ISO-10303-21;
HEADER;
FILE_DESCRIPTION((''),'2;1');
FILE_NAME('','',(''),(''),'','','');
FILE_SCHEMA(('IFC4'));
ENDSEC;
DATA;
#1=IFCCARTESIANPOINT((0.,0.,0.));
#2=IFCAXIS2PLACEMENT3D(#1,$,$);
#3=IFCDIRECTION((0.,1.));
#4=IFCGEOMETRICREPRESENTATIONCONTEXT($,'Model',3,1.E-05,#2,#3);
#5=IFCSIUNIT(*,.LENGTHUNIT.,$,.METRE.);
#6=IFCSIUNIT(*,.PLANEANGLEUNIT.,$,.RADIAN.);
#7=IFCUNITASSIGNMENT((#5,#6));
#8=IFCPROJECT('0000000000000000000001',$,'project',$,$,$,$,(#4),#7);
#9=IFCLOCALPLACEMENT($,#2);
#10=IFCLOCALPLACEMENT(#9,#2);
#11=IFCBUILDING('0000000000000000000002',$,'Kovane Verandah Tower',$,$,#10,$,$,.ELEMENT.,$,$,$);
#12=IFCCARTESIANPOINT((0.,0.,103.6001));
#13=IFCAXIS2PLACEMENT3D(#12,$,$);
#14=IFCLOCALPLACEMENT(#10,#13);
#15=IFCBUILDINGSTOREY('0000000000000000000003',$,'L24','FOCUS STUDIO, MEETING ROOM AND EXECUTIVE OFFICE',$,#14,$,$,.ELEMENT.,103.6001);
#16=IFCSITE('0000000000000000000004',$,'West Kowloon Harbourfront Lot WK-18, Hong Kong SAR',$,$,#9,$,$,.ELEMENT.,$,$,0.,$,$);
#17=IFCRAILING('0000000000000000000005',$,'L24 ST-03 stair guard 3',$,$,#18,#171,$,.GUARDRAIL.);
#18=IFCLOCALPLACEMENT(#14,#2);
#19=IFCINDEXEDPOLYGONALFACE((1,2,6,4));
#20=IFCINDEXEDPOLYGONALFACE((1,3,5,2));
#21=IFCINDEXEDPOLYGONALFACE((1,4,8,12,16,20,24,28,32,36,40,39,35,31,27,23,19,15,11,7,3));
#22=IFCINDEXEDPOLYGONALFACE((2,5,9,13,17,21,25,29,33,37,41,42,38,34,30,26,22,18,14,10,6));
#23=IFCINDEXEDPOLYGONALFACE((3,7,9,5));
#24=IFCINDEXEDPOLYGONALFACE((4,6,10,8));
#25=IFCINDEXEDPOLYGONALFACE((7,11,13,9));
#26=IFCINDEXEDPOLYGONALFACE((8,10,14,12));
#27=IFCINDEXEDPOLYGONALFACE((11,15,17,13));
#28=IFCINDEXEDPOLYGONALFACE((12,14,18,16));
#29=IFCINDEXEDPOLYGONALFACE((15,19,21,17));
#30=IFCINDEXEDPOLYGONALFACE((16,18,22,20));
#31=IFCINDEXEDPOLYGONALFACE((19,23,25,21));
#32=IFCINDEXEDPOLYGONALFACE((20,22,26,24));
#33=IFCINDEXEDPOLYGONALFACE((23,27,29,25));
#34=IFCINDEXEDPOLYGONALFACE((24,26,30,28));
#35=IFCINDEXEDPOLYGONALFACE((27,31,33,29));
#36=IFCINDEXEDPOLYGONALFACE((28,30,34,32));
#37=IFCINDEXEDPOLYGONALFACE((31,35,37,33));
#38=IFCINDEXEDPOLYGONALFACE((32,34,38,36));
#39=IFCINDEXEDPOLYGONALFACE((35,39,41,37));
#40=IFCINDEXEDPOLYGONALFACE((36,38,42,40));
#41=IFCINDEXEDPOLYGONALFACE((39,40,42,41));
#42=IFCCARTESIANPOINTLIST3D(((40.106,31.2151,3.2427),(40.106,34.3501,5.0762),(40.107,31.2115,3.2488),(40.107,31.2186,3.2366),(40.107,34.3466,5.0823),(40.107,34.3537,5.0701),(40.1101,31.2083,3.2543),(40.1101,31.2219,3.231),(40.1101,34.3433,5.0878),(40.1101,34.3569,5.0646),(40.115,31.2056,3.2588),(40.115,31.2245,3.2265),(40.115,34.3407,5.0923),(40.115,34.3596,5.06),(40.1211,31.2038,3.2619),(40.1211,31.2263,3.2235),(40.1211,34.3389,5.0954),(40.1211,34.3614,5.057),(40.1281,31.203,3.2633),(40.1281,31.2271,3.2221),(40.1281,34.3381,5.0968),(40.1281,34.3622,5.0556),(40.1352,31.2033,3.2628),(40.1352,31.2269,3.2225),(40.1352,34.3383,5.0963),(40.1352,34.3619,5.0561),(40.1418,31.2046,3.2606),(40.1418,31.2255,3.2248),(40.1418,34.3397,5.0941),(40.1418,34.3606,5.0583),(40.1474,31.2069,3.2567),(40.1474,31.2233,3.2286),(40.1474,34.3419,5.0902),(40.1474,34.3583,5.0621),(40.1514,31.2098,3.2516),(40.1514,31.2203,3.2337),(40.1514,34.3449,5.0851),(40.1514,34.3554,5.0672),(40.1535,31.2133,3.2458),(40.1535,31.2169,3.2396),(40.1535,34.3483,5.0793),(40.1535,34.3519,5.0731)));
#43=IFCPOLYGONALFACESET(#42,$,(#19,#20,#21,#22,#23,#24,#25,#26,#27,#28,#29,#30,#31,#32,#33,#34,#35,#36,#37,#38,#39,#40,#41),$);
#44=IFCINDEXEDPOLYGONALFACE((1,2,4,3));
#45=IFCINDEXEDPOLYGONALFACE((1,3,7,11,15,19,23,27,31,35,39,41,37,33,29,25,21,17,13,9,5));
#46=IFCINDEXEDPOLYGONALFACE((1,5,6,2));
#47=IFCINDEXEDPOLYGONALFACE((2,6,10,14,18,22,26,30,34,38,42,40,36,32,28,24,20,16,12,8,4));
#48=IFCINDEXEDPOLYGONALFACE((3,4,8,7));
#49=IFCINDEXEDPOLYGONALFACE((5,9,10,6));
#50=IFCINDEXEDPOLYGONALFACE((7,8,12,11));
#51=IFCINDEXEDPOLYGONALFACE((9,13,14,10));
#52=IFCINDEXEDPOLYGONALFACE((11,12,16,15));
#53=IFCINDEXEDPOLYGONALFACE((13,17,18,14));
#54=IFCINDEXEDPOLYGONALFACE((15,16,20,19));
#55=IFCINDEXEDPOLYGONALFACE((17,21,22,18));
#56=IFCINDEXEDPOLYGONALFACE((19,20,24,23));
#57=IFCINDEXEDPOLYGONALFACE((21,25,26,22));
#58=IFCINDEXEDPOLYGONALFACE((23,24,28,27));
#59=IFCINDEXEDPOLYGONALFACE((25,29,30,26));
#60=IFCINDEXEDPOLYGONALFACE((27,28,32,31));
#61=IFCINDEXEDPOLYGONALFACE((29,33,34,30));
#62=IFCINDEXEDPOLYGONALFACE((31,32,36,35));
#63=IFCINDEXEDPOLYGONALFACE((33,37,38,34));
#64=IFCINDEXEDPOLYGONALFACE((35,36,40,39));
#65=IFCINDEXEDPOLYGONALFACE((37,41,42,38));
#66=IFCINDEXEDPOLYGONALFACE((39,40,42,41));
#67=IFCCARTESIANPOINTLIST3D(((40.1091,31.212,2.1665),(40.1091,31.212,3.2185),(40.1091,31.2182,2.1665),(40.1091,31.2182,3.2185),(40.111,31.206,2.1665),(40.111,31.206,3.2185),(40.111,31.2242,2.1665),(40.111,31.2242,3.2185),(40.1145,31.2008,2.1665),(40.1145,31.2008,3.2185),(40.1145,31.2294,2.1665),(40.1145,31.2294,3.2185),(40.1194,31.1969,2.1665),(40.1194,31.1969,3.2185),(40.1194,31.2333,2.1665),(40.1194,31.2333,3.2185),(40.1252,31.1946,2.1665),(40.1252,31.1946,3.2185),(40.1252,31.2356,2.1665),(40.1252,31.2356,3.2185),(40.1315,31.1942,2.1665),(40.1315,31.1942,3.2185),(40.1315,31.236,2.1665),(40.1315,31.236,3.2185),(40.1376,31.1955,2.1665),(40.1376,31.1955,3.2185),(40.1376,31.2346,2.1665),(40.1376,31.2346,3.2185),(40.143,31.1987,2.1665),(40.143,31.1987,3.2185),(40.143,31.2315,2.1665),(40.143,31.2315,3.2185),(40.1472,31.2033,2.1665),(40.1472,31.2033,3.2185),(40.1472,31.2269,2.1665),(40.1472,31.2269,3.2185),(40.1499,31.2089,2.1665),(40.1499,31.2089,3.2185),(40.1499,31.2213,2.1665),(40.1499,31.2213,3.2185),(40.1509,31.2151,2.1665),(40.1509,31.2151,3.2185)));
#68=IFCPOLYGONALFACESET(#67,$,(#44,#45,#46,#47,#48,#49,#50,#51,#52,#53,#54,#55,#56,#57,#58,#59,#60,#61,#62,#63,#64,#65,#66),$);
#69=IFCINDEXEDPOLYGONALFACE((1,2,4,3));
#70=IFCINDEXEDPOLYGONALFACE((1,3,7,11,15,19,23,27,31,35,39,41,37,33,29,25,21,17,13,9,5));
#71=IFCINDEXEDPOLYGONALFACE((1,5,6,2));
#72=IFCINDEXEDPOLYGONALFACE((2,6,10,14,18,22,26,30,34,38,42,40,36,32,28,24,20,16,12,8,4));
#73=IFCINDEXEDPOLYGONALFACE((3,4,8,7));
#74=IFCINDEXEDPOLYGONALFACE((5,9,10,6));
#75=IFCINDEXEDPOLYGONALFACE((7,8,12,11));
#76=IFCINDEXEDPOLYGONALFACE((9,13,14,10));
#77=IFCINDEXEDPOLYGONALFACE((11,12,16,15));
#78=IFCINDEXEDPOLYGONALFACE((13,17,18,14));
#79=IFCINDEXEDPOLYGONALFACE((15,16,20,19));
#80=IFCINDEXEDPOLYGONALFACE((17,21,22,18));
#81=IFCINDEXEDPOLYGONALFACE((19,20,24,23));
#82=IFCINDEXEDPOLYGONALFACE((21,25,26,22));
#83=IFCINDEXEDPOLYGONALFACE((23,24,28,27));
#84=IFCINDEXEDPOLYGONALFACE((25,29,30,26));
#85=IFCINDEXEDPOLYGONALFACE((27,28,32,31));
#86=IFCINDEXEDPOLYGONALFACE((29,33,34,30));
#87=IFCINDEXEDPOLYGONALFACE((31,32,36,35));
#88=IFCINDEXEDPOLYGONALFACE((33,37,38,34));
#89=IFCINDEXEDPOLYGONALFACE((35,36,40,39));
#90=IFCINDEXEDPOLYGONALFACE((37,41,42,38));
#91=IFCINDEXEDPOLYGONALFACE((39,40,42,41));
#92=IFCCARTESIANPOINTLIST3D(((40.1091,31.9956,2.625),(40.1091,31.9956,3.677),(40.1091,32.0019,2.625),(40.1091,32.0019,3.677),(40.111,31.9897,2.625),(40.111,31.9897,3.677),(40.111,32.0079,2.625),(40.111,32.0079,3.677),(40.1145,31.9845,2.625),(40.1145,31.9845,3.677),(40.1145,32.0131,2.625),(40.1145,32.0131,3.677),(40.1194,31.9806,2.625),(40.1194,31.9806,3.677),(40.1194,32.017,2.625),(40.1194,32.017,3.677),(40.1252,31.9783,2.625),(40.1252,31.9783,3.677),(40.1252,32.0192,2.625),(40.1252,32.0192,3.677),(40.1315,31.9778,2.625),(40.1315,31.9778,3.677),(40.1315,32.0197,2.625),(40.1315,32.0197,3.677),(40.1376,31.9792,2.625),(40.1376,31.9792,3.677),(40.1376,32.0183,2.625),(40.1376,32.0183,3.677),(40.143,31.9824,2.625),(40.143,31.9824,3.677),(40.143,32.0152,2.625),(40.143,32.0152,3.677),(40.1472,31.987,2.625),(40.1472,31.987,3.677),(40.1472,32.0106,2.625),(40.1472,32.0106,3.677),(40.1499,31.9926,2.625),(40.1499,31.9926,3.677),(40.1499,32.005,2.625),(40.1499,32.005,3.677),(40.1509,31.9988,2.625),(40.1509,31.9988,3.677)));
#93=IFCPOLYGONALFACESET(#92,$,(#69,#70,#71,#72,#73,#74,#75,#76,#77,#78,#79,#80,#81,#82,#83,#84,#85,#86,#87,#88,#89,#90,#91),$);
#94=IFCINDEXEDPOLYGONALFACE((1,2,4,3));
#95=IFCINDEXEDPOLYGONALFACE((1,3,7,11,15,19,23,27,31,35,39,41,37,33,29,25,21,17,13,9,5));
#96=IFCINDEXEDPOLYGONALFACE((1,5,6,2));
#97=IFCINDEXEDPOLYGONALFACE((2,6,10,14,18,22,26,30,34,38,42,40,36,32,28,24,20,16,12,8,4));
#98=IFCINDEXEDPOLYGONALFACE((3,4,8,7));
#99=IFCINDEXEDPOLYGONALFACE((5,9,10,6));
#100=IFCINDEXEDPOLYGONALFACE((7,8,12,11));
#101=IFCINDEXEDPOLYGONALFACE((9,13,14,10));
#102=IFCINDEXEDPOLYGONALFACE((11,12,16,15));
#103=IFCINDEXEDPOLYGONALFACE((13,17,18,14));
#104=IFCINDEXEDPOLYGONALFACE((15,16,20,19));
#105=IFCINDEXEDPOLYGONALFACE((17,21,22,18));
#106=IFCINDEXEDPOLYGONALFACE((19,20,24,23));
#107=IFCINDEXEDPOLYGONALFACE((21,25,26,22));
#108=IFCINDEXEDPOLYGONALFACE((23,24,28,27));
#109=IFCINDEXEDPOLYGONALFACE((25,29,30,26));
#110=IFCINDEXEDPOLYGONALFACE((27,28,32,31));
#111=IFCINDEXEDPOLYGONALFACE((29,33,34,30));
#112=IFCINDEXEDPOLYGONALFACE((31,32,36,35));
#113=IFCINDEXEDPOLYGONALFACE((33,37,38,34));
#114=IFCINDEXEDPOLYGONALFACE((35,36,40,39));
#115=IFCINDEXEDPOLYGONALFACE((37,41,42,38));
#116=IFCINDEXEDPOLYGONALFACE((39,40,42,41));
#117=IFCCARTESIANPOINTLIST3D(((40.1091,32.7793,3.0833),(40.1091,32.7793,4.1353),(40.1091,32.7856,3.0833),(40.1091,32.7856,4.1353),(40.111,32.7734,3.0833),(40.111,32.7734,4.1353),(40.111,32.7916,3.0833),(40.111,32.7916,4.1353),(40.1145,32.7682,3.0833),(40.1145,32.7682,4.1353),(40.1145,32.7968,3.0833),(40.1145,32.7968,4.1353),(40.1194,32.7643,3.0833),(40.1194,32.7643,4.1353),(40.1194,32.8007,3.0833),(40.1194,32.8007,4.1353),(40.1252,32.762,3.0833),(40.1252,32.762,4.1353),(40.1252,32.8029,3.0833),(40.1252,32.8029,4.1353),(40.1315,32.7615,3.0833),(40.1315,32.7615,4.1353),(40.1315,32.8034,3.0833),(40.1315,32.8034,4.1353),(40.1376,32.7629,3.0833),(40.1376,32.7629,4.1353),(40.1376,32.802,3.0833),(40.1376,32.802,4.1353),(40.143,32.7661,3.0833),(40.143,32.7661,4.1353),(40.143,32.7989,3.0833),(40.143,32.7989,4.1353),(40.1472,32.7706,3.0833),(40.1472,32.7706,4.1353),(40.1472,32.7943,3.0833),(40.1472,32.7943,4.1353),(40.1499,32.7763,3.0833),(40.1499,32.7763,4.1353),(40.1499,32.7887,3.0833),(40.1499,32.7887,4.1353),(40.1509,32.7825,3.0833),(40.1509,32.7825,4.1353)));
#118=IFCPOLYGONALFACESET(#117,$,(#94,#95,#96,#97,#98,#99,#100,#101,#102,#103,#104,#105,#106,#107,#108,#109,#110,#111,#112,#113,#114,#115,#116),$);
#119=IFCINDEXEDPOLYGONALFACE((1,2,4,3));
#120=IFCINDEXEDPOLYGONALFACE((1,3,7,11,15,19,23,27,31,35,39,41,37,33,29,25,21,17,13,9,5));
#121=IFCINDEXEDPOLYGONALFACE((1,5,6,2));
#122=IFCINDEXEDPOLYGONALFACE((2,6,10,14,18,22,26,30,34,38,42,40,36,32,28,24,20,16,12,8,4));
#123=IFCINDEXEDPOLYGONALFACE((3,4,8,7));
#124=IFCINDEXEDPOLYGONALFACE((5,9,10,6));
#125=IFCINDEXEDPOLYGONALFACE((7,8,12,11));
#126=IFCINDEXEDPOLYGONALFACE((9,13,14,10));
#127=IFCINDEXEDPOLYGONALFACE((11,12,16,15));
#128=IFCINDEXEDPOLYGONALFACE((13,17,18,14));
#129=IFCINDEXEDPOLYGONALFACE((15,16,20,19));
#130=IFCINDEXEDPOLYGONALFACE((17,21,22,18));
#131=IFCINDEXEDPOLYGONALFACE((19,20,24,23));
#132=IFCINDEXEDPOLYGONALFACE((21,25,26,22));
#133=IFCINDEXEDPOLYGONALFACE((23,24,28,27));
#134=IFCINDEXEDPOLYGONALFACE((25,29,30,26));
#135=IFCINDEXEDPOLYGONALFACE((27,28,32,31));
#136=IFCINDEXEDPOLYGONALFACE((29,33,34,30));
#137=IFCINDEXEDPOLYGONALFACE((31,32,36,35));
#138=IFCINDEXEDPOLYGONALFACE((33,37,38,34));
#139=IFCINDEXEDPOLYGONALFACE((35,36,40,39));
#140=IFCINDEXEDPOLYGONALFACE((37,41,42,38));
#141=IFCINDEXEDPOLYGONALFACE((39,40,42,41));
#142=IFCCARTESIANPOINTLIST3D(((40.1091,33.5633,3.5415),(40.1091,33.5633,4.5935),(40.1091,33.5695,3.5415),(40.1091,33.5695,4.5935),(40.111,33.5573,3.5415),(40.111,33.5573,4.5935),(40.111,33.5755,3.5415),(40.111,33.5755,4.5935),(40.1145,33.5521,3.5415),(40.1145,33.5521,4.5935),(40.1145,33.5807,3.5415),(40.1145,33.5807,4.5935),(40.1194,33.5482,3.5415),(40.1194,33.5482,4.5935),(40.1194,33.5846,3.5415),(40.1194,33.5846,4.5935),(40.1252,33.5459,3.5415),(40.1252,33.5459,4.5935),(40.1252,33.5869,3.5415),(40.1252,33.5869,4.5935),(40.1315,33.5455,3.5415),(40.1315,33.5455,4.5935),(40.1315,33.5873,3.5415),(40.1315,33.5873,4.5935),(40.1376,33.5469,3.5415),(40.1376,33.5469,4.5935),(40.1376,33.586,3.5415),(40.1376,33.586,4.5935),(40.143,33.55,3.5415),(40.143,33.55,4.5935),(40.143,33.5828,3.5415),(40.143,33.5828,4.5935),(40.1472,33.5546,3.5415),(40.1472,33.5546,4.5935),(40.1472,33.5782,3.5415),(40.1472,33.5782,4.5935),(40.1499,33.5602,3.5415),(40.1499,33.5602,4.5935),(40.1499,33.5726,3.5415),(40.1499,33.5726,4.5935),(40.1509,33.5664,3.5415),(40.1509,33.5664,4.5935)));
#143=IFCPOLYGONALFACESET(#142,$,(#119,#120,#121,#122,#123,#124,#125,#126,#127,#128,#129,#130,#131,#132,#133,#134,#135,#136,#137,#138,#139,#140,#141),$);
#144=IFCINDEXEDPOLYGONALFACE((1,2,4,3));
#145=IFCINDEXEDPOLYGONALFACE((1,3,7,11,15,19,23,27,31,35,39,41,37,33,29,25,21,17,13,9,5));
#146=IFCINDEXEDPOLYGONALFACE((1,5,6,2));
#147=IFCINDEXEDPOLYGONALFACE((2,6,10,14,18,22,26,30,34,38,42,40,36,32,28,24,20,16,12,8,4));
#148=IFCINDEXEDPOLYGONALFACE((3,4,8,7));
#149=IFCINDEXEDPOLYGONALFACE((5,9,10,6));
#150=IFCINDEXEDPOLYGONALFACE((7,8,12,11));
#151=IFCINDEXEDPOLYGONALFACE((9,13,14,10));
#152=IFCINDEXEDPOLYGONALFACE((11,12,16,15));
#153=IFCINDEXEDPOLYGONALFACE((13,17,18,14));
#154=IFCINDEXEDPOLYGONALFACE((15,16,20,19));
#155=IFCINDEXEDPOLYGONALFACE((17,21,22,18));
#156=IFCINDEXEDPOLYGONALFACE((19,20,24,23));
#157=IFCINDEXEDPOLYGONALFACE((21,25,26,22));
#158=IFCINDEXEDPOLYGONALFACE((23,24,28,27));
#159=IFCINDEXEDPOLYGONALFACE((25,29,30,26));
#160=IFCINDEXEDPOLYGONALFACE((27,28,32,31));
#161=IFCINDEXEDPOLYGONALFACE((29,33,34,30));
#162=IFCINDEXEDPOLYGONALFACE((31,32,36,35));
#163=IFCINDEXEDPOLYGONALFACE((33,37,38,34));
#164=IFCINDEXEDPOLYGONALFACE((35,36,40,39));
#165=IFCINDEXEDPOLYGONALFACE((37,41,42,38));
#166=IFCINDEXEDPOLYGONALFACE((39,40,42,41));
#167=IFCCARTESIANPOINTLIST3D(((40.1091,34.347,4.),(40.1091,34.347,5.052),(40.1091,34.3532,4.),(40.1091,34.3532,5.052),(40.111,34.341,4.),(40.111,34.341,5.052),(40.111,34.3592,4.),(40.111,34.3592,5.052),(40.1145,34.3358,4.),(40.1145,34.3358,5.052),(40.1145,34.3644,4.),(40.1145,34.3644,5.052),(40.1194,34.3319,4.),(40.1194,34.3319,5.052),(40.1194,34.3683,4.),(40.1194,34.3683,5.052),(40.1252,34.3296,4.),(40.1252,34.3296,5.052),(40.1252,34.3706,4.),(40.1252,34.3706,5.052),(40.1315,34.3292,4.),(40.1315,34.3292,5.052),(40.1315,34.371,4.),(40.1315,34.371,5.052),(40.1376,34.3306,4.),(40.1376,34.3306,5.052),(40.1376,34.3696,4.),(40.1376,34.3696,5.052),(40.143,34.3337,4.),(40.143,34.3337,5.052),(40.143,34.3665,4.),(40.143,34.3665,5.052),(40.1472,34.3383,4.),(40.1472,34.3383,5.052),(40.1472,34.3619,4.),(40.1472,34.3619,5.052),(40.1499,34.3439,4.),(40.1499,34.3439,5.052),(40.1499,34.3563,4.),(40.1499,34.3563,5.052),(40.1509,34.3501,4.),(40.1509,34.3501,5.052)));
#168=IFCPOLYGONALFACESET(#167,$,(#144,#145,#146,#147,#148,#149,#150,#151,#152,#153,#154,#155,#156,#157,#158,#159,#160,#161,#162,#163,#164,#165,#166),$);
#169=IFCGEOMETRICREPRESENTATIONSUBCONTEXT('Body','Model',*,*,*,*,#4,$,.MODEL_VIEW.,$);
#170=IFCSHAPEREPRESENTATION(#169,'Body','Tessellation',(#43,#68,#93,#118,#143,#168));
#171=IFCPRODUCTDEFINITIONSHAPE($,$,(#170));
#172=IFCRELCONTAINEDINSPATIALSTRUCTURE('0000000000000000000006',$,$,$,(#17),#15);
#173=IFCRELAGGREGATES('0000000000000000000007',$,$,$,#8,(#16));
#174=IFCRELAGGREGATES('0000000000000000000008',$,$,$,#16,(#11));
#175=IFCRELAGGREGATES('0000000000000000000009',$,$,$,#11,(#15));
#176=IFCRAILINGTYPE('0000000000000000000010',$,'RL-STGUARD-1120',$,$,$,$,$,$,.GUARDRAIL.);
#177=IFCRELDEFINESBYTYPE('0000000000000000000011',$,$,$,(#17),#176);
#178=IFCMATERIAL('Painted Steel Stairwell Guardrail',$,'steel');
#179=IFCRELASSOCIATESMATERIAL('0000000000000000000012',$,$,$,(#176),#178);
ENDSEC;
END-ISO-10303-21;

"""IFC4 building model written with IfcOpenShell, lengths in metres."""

from ifc_helpers import new_model, si_unit, direction, frame, origin, origin_2d, place, context, subcontext, project, spatial, circle, extrude, material, type_object, element, save


model = new_model("IFC4")

# Units and contexts
model_context = context("Model", 3, precision=1e-05, world=origin(), true_north=direction((0.0, 1.0)))
body_context = subcontext(model_context, "Body", "Model", "MODEL_VIEW")
ifc_project = project(units=[si_unit("LENGTHUNIT", "METRE"), si_unit("PLANEANGLEUNIT", "RADIAN")], contexts=[model_context])

# Site, building, storey
site_placement = place(None, origin())
site = spatial("IfcSite", under=ifc_project, at=site_placement, Name="West Kowloon Harbourfront Lot WK-18, Hong Kong SAR", CompositionType="ELEMENT", RefElevation=0.0)
building_placement = place(site_placement, origin())
building = spatial("IfcBuilding", under=site, at=building_placement, Name="Kovane Verandah Tower", CompositionType="ELEMENT")
storey_placement = place(building_placement, frame((0.0, 0.0, 103.6001)))
storey = spatial("IfcBuildingStorey", under=building, at=storey_placement, Name="L24", Description="FOCUS STUDIO, MEETING ROOM AND EXECUTIVE OFFICE", CompositionType="ELEMENT", Elevation=103.6001)

# Railing
ifc_material_1 = material(Name="Painted Steel Stairwell Guardrail", Category="steel")
railing_type_1 = type_object("IfcRailingType", Name="RL-STGUARD-1120", PredefinedType="GUARDRAIL", material=ifc_material_1)
railing_1_placement = place(storey_placement, frame((40.1299, 31.2151, 2.1665)))
element("IfcRailing", 1, at=railing_1_placement, inside=storey, type_object=railing_type_1, Name="L24 ST-03 stair guard 3", PredefinedType="GUARDRAIL", context=body_context, shape_type="SweptSolid", body=[
    extrude(circle(Radius=0.0239, at=origin_2d()), frame((0.0, 0.0, 1.0762), z_axis=(0.0, 0.86321, 0.504845), x_axis=(-1.0, 0.0, 0.0)), (0.0, 0.0, 1.0), 3.6318),
    extrude(circle(Radius=0.021, at=origin_2d()), origin(), (0.0, 0.0, 1.0), 1.052),
    extrude(circle(Radius=0.021, at=origin_2d()), frame((0.0, 0.7837, 0.4585)), (0.0, 0.0, 1.0), 1.052),
    extrude(circle(Radius=0.021, at=origin_2d()), frame((0.0, 1.5674, 0.9167)), (0.0, 0.0, 1.0), 1.052),
    extrude(circle(Radius=0.021, at=origin_2d()), frame((0.0, 2.3513, 1.375)), (0.0, 0.0, 1.0), 1.052),
    extrude(circle(Radius=0.021, at=origin_2d()), frame((0.0, 3.135, 1.8335)), (0.0, 0.0, 1.0), 1.052),
])

save(model, "model.ifc")
